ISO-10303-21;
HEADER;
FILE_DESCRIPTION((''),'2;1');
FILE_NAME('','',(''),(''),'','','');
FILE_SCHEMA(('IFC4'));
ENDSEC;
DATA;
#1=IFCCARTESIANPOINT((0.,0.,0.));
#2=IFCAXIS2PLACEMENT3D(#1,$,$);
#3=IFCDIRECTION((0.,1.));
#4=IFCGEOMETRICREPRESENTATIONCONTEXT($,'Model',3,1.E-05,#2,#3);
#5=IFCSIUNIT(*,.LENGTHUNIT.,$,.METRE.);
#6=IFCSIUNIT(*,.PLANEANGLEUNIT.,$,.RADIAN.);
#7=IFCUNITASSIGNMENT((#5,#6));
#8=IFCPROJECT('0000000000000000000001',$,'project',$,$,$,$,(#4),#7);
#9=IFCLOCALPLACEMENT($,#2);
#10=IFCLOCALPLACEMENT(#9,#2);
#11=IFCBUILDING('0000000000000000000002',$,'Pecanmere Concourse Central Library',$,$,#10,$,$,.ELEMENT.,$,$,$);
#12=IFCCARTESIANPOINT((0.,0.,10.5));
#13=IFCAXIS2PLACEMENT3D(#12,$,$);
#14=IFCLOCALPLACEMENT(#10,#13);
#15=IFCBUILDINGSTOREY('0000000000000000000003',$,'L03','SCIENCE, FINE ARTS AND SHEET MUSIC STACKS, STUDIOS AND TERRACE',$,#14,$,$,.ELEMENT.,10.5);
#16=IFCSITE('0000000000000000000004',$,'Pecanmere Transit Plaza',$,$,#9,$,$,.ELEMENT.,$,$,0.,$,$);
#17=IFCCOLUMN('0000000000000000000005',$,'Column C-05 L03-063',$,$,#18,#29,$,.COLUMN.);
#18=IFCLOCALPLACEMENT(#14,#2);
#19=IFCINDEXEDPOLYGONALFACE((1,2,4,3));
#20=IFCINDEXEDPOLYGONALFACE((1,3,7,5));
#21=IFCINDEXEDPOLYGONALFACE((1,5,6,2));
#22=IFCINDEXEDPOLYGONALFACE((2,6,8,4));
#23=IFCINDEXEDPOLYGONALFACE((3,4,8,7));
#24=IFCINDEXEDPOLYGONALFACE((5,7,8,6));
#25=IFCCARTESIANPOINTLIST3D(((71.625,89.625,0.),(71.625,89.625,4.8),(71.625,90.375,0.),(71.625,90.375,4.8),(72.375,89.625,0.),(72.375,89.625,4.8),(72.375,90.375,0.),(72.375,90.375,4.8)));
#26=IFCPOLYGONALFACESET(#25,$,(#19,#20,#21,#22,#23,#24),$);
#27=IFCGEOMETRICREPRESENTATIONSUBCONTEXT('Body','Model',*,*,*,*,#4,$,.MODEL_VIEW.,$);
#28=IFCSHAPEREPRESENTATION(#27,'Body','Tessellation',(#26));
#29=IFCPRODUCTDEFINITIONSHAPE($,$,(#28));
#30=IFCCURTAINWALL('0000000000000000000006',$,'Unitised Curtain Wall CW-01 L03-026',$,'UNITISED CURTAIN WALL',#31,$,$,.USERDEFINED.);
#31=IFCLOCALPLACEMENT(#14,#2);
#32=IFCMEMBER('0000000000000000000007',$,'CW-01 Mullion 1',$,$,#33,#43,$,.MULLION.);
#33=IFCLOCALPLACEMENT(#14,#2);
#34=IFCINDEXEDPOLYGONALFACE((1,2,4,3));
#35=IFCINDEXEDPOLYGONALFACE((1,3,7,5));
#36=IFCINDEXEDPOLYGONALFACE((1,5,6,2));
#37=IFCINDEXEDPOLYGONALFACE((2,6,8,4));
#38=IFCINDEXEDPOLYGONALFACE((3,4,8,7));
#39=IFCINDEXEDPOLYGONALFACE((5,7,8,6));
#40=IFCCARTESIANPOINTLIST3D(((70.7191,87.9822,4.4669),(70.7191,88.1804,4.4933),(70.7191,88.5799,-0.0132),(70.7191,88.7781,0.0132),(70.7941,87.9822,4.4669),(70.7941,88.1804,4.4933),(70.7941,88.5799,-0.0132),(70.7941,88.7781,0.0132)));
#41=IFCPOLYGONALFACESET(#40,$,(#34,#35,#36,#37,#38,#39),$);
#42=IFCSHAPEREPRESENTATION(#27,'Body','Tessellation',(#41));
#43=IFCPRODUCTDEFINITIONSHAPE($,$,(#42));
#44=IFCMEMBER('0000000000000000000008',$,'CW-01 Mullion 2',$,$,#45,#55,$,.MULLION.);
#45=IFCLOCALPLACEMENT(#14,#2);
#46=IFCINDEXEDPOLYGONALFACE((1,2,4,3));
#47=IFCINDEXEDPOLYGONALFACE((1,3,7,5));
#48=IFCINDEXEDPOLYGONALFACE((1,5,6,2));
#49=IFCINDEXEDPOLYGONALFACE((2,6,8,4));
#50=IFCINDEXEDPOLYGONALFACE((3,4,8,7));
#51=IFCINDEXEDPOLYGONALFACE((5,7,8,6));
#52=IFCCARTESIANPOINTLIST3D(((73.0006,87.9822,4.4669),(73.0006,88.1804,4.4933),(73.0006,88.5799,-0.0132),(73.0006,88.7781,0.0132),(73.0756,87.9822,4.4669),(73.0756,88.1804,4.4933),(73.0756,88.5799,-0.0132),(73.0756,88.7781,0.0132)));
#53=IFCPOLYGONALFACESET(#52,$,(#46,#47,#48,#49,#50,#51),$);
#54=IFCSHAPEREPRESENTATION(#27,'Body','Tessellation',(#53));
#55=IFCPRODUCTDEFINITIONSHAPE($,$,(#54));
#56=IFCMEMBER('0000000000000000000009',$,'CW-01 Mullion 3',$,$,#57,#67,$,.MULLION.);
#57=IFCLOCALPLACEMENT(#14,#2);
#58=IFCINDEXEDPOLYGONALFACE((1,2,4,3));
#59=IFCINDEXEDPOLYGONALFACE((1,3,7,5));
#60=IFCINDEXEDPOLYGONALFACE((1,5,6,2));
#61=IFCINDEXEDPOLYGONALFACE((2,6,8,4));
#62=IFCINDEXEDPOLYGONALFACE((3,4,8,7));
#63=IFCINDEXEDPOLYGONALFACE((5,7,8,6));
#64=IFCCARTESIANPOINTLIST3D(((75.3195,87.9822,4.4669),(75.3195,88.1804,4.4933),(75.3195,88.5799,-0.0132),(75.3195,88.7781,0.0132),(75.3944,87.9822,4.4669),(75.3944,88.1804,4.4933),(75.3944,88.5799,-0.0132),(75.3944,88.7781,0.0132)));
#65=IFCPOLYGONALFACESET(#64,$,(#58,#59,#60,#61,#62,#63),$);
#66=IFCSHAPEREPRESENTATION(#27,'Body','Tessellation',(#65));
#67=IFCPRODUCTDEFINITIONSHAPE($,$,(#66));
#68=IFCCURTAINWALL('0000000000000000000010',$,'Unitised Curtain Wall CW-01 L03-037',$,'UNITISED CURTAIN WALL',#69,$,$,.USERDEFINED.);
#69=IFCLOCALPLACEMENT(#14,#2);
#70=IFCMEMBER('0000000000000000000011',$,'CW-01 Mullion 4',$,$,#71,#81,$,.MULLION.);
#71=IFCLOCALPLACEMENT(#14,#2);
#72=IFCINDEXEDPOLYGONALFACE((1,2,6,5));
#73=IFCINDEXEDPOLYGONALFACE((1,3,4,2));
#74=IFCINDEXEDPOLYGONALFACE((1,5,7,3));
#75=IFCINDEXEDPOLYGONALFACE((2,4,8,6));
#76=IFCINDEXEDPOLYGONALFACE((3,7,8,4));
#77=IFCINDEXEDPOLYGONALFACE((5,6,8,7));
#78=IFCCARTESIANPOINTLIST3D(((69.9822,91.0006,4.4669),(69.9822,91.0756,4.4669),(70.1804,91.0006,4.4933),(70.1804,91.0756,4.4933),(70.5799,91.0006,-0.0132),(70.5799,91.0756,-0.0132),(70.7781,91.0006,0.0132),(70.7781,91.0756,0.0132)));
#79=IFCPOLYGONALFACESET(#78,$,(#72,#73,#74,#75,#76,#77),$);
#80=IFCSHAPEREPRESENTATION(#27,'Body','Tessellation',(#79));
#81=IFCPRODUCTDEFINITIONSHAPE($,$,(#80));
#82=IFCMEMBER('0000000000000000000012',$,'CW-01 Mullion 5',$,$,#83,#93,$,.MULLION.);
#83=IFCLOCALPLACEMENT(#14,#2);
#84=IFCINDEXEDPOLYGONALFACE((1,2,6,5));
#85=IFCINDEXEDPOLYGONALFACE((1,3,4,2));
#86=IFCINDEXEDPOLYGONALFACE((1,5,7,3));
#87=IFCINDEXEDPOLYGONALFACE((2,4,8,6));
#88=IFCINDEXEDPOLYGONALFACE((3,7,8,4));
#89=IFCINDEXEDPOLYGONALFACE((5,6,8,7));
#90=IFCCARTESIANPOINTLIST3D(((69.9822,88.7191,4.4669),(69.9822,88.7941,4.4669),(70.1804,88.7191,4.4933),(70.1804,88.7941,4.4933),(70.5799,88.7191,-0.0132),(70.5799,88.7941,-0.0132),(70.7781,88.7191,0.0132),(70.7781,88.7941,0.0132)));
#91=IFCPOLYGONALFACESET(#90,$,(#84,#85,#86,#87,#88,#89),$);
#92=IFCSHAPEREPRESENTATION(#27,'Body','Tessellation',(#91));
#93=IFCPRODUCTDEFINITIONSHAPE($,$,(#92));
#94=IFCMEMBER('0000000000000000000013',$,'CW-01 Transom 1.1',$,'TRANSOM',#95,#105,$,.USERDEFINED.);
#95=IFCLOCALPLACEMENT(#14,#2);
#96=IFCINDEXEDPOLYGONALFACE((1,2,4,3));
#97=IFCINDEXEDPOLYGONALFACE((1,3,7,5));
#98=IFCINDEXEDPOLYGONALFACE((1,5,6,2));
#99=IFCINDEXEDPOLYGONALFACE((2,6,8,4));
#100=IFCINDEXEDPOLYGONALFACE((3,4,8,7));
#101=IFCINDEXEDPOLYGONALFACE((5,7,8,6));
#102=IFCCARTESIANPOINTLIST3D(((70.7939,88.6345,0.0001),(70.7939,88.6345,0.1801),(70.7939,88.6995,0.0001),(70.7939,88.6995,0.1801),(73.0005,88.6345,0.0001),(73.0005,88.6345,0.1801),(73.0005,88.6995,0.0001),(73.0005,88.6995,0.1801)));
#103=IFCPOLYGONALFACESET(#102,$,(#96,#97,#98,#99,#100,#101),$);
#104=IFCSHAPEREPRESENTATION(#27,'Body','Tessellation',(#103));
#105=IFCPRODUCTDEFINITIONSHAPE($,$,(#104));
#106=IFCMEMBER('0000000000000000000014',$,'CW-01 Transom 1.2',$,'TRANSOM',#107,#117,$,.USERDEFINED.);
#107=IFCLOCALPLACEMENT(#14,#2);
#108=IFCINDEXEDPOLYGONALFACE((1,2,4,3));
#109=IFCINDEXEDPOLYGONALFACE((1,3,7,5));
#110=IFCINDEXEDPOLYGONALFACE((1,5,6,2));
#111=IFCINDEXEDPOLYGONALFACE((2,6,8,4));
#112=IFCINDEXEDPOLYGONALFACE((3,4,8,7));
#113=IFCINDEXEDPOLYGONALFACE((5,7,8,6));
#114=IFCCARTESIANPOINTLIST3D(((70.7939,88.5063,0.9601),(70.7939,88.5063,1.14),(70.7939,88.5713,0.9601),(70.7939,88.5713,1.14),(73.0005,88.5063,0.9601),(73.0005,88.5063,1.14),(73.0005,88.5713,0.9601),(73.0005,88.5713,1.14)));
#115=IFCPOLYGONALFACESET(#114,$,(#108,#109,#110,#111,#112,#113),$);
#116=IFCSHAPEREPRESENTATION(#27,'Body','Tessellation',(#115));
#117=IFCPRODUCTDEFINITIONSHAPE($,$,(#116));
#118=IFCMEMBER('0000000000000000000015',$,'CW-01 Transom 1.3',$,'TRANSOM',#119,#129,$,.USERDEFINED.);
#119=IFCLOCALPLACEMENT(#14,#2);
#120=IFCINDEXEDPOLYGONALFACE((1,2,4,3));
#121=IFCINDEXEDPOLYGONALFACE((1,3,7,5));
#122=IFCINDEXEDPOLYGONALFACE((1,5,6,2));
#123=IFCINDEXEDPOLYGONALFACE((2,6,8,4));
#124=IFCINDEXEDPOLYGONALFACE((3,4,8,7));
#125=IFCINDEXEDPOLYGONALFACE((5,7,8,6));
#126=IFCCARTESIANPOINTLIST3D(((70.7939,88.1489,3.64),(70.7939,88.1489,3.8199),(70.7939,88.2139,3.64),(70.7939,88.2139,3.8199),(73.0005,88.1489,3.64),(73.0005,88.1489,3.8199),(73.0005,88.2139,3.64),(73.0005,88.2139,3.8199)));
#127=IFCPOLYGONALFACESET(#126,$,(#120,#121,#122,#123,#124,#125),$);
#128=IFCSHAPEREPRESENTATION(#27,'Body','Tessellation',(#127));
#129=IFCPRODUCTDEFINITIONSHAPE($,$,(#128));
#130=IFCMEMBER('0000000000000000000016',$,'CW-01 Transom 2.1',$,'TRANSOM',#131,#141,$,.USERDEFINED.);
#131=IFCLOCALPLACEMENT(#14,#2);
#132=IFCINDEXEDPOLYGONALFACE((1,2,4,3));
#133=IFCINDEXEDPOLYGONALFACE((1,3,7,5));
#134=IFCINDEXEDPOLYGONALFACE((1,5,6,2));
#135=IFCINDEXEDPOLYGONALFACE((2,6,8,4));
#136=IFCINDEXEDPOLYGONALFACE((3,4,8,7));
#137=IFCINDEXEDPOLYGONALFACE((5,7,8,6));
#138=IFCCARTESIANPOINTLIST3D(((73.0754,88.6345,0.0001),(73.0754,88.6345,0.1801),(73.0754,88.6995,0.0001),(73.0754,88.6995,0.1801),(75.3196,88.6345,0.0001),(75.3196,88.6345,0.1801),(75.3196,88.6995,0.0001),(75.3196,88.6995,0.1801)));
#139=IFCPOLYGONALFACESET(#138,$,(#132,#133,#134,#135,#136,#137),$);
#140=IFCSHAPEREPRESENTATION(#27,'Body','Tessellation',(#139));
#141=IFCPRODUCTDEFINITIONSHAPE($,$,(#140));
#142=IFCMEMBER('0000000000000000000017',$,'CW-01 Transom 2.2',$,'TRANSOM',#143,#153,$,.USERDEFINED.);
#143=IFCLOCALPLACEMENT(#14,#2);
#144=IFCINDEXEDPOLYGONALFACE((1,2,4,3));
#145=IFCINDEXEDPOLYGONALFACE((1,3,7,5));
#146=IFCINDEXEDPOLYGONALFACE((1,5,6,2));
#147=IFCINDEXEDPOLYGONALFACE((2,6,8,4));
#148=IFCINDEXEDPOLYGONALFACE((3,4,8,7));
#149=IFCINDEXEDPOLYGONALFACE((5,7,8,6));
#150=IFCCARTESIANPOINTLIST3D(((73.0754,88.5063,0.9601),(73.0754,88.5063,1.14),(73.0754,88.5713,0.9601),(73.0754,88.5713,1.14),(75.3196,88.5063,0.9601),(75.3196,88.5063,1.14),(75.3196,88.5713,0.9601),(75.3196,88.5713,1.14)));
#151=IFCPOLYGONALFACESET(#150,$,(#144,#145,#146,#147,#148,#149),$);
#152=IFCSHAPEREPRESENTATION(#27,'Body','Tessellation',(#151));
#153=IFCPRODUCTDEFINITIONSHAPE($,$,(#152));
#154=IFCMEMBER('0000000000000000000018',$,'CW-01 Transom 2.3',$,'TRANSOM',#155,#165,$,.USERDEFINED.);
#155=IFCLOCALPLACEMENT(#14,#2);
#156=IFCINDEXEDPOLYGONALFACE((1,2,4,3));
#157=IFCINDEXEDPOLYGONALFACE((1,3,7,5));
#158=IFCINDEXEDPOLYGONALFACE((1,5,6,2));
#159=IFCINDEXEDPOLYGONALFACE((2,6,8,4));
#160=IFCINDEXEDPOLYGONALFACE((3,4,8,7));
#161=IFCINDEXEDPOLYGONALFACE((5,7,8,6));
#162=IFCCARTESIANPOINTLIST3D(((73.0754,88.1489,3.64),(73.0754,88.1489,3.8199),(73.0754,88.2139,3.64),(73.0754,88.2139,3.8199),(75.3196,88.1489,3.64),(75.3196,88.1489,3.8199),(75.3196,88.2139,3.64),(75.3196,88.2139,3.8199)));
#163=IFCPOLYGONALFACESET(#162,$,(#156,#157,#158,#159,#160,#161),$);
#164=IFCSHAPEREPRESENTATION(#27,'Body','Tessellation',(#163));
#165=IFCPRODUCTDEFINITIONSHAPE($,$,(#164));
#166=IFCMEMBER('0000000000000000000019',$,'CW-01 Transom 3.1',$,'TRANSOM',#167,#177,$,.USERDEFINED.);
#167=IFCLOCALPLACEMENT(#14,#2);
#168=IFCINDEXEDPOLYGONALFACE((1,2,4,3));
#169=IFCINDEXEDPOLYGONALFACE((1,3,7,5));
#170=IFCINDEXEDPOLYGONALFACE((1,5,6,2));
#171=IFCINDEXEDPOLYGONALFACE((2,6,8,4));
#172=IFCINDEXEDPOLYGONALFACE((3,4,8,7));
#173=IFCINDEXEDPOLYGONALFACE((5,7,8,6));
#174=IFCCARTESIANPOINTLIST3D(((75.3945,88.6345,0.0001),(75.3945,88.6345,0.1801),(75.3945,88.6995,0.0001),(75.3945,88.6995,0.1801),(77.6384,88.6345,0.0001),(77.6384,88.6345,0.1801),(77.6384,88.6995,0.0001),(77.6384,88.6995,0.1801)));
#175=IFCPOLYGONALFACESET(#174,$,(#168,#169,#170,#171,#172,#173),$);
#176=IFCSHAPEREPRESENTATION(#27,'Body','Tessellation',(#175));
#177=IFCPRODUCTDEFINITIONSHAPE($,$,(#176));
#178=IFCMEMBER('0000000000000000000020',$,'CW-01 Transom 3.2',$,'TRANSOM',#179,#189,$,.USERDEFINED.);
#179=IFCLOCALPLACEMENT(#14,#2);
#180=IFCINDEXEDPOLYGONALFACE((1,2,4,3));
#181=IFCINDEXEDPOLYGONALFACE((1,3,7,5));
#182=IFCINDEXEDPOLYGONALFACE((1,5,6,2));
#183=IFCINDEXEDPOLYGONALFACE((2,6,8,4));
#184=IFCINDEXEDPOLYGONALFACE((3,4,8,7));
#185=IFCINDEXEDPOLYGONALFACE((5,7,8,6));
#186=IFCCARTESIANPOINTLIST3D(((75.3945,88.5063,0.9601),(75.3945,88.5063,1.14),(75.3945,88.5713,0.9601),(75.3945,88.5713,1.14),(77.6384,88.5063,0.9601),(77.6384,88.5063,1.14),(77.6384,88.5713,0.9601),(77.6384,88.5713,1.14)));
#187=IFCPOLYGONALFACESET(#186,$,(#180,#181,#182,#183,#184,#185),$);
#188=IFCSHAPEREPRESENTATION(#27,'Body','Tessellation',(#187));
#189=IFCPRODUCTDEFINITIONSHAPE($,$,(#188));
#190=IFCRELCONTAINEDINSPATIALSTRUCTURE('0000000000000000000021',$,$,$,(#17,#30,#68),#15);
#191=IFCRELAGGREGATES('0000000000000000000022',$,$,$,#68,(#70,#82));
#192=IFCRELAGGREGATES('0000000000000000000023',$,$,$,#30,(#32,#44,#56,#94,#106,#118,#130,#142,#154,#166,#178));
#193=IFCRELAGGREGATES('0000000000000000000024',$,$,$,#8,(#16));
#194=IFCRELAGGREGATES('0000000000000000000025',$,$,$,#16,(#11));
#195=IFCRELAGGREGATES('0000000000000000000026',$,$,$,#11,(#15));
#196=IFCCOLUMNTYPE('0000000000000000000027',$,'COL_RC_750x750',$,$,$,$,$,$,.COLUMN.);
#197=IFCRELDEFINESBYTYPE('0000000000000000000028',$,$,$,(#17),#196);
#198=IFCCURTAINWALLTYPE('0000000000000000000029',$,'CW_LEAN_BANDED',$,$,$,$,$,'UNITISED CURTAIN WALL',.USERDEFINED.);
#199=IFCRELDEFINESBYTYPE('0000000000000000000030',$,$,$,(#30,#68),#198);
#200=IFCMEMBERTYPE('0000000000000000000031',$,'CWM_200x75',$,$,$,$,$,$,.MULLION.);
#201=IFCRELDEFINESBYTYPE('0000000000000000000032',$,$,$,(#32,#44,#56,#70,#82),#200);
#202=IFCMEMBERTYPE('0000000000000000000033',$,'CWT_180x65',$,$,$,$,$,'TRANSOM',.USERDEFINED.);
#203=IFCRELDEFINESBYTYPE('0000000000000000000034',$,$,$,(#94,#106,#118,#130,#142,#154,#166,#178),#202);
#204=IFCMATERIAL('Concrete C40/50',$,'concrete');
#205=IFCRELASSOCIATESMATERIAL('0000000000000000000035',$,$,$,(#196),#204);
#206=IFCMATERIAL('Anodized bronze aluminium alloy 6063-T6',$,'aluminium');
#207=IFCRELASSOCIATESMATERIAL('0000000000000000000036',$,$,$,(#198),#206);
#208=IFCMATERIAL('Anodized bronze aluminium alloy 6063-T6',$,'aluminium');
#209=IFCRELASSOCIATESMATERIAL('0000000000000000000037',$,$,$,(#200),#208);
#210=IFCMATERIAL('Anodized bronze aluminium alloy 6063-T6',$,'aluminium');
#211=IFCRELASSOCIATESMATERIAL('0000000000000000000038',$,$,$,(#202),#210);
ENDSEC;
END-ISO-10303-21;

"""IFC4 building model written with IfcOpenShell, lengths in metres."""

from ifc_helpers import new_model, si_unit, direction, frame, origin, origin_2d, place, context, subcontext, project, spatial, rectangle, extrude, material, material_profile, profile_set, type_object, element, aggregate, save


model = new_model("IFC4")

# Units and contexts
model_context = context("Model", 3, precision=1e-05, world=origin(), true_north=direction((0.0, 1.0)))
body_context = subcontext(model_context, "Body", "Model", "MODEL_VIEW")
ifc_project = project(units=[si_unit("LENGTHUNIT", "METRE"), si_unit("PLANEANGLEUNIT", "RADIAN")], contexts=[model_context])

# Site, building, storey
site_placement = place(None, origin())
site = spatial("IfcSite", under=ifc_project, at=site_placement, Name="Pecanmere Transit Plaza", CompositionType="ELEMENT", RefElevation=0.0)
building_placement = place(site_placement, origin())
building = spatial("IfcBuilding", under=site, at=building_placement, Name="Pecanmere Concourse Central Library", CompositionType="ELEMENT")
storey_placement = place(building_placement, frame((0.0, 0.0, 10.5)))
storey = spatial("IfcBuildingStorey", under=building, at=storey_placement, Name="L03", Description="SCIENCE, FINE ARTS AND SHEET MUSIC STACKS, STUDIOS AND TERRACE", CompositionType="ELEMENT", Elevation=10.5)

# Column
ifc_material_1 = material(Name="Concrete C40/50", Category="concrete")
ifc_material_profile_1 = material_profile(ifc_material_1, rectangle(XDim=0.75, YDim=0.75, at=origin_2d()), Name="RC 750x750")
ifc_profile_set_1 = profile_set([ifc_material_profile_1], Name="Concrete C40/50")
column_type = type_object("IfcColumnType", Name="COL_RC_750x750", PredefinedType="COLUMN", material=ifc_profile_set_1)
column_placement = place(storey_placement, frame((72.0, 90.0, 0.0), z_axis=(0.0, 0.0, 1.0), x_axis=(1.0, 0.0, 0.0)))
element("IfcColumn", 1, at=column_placement, inside=storey, type_object=column_type, Name="Column C-05 L03-063", PredefinedType="COLUMN", context=body_context, shape_type="SweptSolid", body=[
    extrude(rectangle(XDim=0.75, YDim=0.75, at=origin_2d()), origin(), (0.0, 0.0, 1.0), 4.8),
])

# Curtain walls, members
ifc_material_2 = material(Name="Anodized bronze aluminium alloy 6063-T6", Category="aluminium")
curtain_wall_type = type_object("IfcCurtainWallType", Name="CW_LEAN_BANDED", ElementType="UNITISED CURTAIN WALL", PredefinedType="USERDEFINED", material=ifc_material_2)
curtain_wall_1_placement = place(storey_placement, origin())
curtain_wall_1 = element("IfcCurtainWall", 2, at=curtain_wall_1_placement, inside=storey, type_object=curtain_wall_type, Name="Unitised Curtain Wall CW-01 L03-026", ObjectType="UNITISED CURTAIN WALL", PredefinedType="USERDEFINED")
ifc_material_3 = material(Name="Anodized bronze aluminium alloy 6063-T6", Category="aluminium")
ifc_material_profile_2 = material_profile(ifc_material_3, rectangle(XDim=0.075, YDim=0.2, at=origin_2d()), Name="AL 75x200")
ifc_profile_set_2 = profile_set([ifc_material_profile_2], Name="Anodized bronze aluminium alloy 6063-T6")
member_type_1 = type_object("IfcMemberType", Name="CWM_200x75", PredefinedType="MULLION", material=ifc_profile_set_2)
member_1_placement = place(storey_placement, frame((70.7566, 88.679, 0.0), z_axis=(0.0, -0.132234, 0.991218), x_axis=(1.0, 0.0, 0.0)))
member_1 = element("IfcMember", 3, at=member_1_placement, type_object=member_type_1, Name="CW-01 Mullion 1", PredefinedType="MULLION", context=body_context, shape_type="SweptSolid", body=[
    extrude(rectangle(XDim=0.075, YDim=0.2, at=origin_2d()), origin(), (0.0, 0.0, 1.0), 4.5198),
])
member_2_placement = place(storey_placement, frame((73.0381, 88.679, 0.0), z_axis=(0.0, -0.132234, 0.991218), x_axis=(1.0, 0.0, 0.0)))
member_2 = element("IfcMember", 4, at=member_2_placement, type_object=member_type_1, Name="CW-01 Mullion 2", PredefinedType="MULLION", context=body_context, shape_type="SweptSolid", body=[
    extrude(rectangle(XDim=0.075, YDim=0.2, at=origin_2d()), origin(), (0.0, 0.0, 1.0), 4.5198),
])
member_3_placement = place(storey_placement, frame((75.3569, 88.679, 0.0), z_axis=(0.0, -0.132234, 0.991218), x_axis=(1.0, 0.0, 0.0)))
member_3 = element("IfcMember", 5, at=member_3_placement, type_object=member_type_1, Name="CW-01 Mullion 3", PredefinedType="MULLION", context=body_context, shape_type="SweptSolid", body=[
    extrude(rectangle(XDim=0.075, YDim=0.2, at=origin_2d()), origin(), (0.0, 0.0, 1.0), 4.5198),
])
curtain_wall_2_placement = place(storey_placement, origin())
curtain_wall_2 = element("IfcCurtainWall", 6, at=curtain_wall_2_placement, inside=storey, type_object=curtain_wall_type, Name="Unitised Curtain Wall CW-01 L03-037", ObjectType="UNITISED CURTAIN WALL", PredefinedType="USERDEFINED")
member_4_placement = place(storey_placement, frame((70.679, 91.0381, 0.0), z_axis=(-0.132234, 0.0, 0.991218), x_axis=(0.0, -1.0, 0.0)))
member_4 = element("IfcMember", 7, at=member_4_placement, type_object=member_type_1, Name="CW-01 Mullion 4", PredefinedType="MULLION", context=body_context, shape_type="SweptSolid", body=[
    extrude(rectangle(XDim=0.075, YDim=0.2, at=origin_2d()), origin(), (0.0, 0.0, 1.0), 4.5198),
])
member_5_placement = place(storey_placement, frame((70.679, 88.7566, 0.0), z_axis=(-0.132234, 0.0, 0.991218), x_axis=(0.0, -1.0, 0.0)))
member_5 = element("IfcMember", 8, at=member_5_placement, type_object=member_type_1, Name="CW-01 Mullion 5", PredefinedType="MULLION", context=body_context, shape_type="SweptSolid", body=[
    extrude(rectangle(XDim=0.075, YDim=0.2, at=origin_2d()), origin(), (0.0, 0.0, 1.0), 4.5198),
])
aggregate(curtain_wall_2, [member_4, member_5])

# Members
ifc_material_4 = material(Name="Anodized bronze aluminium alloy 6063-T6", Category="aluminium")
ifc_material_profile_3 = material_profile(ifc_material_4, rectangle(XDim=0.0649, YDim=0.1799, at=origin_2d()), Name="AL 65x180")
ifc_profile_set_3 = profile_set([ifc_material_profile_3], Name="Anodized bronze aluminium alloy 6063-T6")
member_type_2 = type_object("IfcMemberType", Name="CWT_180x65", ElementType="TRANSOM", PredefinedType="USERDEFINED", material=ifc_profile_set_3)
member_6_placement = place(storey_placement, frame((70.7939, 88.667, 0.0901), z_axis=(1.0, 0.0, 0.0), x_axis=(0.0, 1.0, 0.0)))
member_6 = element("IfcMember", 9, at=member_6_placement, type_object=member_type_2, Name="CW-01 Transom 1.1", ObjectType="TRANSOM", PredefinedType="USERDEFINED", context=body_context, shape_type="SweptSolid", body=[
    extrude(rectangle(XDim=0.0649, YDim=0.1799, at=origin_2d()), origin(), (0.0, 0.0, 1.0), 2.2065),
])
member_7_placement = place(storey_placement, frame((70.7939, 88.5388, 1.05), z_axis=(1.0, 0.0, 0.0), x_axis=(0.0, 1.0, 0.0)))
member_7 = element("IfcMember", 10, at=member_7_placement, type_object=member_type_2, Name="CW-01 Transom 1.2", ObjectType="TRANSOM", PredefinedType="USERDEFINED", context=body_context, shape_type="SweptSolid", body=[
    extrude(rectangle(XDim=0.0649, YDim=0.1799, at=origin_2d()), origin(), (0.0, 0.0, 1.0), 2.2065),
])
member_8_placement = place(storey_placement, frame((70.7939, 88.1814, 3.73), z_axis=(1.0, 0.0, 0.0), x_axis=(0.0, 1.0, 0.0)))
member_8 = element("IfcMember", 11, at=member_8_placement, type_object=member_type_2, Name="CW-01 Transom 1.3", ObjectType="TRANSOM", PredefinedType="USERDEFINED", context=body_context, shape_type="SweptSolid", body=[
    extrude(rectangle(XDim=0.0649, YDim=0.1799, at=origin_2d()), origin(), (0.0, 0.0, 1.0), 2.2065),
])
member_9_placement = place(storey_placement, frame((73.0754, 88.667, 0.0901), z_axis=(1.0, 0.0, 0.0), x_axis=(0.0, 1.0, 0.0)))
member_9 = element("IfcMember", 12, at=member_9_placement, type_object=member_type_2, Name="CW-01 Transom 2.1", ObjectType="TRANSOM", PredefinedType="USERDEFINED", context=body_context, shape_type="SweptSolid", body=[
    extrude(rectangle(XDim=0.0649, YDim=0.1799, at=origin_2d()), origin(), (0.0, 0.0, 1.0), 2.2441),
])
member_10_placement = place(storey_placement, frame((73.0754, 88.5388, 1.05), z_axis=(1.0, 0.0, 0.0), x_axis=(0.0, 1.0, 0.0)))
member_10 = element("IfcMember", 13, at=member_10_placement, type_object=member_type_2, Name="CW-01 Transom 2.2", ObjectType="TRANSOM", PredefinedType="USERDEFINED", context=body_context, shape_type="SweptSolid", body=[
    extrude(rectangle(XDim=0.0649, YDim=0.1799, at=origin_2d()), origin(), (0.0, 0.0, 1.0), 2.2441),
])
member_11_placement = place(storey_placement, frame((73.0754, 88.1814, 3.73), z_axis=(1.0, 0.0, 0.0), x_axis=(0.0, 1.0, 0.0)))
member_11 = element("IfcMember", 14, at=member_11_placement, type_object=member_type_2, Name="CW-01 Transom 2.3", ObjectType="TRANSOM", PredefinedType="USERDEFINED", context=body_context, shape_type="SweptSolid", body=[
    extrude(rectangle(XDim=0.0649, YDim=0.1799, at=origin_2d()), origin(), (0.0, 0.0, 1.0), 2.2441),
])
member_12_placement = place(storey_placement, frame((75.3945, 88.667, 0.0901), z_axis=(1.0, 0.0, 0.0), x_axis=(0.0, 1.0, 0.0)))
member_12 = element("IfcMember", 15, at=member_12_placement, type_object=member_type_2, Name="CW-01 Transom 3.1", ObjectType="TRANSOM", PredefinedType="USERDEFINED", context=body_context, shape_type="SweptSolid", body=[
    extrude(rectangle(XDim=0.0649, YDim=0.1799, at=origin_2d()), origin(), (0.0, 0.0, 1.0), 2.2439),
])
member_13_placement = place(storey_placement, frame((75.3945, 88.5388, 1.05), z_axis=(1.0, 0.0, 0.0), x_axis=(0.0, 1.0, 0.0)))
member_13 = element("IfcMember", 16, at=member_13_placement, type_object=member_type_2, Name="CW-01 Transom 3.2", ObjectType="TRANSOM", PredefinedType="USERDEFINED", context=body_context, shape_type="SweptSolid", body=[
    extrude(rectangle(XDim=0.0649, YDim=0.1799, at=origin_2d()), origin(), (0.0, 0.0, 1.0), 2.2439),
])

aggregate(curtain_wall_1, [member_1, member_2, member_3, member_6, member_7, member_8, member_9, member_10, member_11, member_12, member_13])

save(model, "model.ifc")
